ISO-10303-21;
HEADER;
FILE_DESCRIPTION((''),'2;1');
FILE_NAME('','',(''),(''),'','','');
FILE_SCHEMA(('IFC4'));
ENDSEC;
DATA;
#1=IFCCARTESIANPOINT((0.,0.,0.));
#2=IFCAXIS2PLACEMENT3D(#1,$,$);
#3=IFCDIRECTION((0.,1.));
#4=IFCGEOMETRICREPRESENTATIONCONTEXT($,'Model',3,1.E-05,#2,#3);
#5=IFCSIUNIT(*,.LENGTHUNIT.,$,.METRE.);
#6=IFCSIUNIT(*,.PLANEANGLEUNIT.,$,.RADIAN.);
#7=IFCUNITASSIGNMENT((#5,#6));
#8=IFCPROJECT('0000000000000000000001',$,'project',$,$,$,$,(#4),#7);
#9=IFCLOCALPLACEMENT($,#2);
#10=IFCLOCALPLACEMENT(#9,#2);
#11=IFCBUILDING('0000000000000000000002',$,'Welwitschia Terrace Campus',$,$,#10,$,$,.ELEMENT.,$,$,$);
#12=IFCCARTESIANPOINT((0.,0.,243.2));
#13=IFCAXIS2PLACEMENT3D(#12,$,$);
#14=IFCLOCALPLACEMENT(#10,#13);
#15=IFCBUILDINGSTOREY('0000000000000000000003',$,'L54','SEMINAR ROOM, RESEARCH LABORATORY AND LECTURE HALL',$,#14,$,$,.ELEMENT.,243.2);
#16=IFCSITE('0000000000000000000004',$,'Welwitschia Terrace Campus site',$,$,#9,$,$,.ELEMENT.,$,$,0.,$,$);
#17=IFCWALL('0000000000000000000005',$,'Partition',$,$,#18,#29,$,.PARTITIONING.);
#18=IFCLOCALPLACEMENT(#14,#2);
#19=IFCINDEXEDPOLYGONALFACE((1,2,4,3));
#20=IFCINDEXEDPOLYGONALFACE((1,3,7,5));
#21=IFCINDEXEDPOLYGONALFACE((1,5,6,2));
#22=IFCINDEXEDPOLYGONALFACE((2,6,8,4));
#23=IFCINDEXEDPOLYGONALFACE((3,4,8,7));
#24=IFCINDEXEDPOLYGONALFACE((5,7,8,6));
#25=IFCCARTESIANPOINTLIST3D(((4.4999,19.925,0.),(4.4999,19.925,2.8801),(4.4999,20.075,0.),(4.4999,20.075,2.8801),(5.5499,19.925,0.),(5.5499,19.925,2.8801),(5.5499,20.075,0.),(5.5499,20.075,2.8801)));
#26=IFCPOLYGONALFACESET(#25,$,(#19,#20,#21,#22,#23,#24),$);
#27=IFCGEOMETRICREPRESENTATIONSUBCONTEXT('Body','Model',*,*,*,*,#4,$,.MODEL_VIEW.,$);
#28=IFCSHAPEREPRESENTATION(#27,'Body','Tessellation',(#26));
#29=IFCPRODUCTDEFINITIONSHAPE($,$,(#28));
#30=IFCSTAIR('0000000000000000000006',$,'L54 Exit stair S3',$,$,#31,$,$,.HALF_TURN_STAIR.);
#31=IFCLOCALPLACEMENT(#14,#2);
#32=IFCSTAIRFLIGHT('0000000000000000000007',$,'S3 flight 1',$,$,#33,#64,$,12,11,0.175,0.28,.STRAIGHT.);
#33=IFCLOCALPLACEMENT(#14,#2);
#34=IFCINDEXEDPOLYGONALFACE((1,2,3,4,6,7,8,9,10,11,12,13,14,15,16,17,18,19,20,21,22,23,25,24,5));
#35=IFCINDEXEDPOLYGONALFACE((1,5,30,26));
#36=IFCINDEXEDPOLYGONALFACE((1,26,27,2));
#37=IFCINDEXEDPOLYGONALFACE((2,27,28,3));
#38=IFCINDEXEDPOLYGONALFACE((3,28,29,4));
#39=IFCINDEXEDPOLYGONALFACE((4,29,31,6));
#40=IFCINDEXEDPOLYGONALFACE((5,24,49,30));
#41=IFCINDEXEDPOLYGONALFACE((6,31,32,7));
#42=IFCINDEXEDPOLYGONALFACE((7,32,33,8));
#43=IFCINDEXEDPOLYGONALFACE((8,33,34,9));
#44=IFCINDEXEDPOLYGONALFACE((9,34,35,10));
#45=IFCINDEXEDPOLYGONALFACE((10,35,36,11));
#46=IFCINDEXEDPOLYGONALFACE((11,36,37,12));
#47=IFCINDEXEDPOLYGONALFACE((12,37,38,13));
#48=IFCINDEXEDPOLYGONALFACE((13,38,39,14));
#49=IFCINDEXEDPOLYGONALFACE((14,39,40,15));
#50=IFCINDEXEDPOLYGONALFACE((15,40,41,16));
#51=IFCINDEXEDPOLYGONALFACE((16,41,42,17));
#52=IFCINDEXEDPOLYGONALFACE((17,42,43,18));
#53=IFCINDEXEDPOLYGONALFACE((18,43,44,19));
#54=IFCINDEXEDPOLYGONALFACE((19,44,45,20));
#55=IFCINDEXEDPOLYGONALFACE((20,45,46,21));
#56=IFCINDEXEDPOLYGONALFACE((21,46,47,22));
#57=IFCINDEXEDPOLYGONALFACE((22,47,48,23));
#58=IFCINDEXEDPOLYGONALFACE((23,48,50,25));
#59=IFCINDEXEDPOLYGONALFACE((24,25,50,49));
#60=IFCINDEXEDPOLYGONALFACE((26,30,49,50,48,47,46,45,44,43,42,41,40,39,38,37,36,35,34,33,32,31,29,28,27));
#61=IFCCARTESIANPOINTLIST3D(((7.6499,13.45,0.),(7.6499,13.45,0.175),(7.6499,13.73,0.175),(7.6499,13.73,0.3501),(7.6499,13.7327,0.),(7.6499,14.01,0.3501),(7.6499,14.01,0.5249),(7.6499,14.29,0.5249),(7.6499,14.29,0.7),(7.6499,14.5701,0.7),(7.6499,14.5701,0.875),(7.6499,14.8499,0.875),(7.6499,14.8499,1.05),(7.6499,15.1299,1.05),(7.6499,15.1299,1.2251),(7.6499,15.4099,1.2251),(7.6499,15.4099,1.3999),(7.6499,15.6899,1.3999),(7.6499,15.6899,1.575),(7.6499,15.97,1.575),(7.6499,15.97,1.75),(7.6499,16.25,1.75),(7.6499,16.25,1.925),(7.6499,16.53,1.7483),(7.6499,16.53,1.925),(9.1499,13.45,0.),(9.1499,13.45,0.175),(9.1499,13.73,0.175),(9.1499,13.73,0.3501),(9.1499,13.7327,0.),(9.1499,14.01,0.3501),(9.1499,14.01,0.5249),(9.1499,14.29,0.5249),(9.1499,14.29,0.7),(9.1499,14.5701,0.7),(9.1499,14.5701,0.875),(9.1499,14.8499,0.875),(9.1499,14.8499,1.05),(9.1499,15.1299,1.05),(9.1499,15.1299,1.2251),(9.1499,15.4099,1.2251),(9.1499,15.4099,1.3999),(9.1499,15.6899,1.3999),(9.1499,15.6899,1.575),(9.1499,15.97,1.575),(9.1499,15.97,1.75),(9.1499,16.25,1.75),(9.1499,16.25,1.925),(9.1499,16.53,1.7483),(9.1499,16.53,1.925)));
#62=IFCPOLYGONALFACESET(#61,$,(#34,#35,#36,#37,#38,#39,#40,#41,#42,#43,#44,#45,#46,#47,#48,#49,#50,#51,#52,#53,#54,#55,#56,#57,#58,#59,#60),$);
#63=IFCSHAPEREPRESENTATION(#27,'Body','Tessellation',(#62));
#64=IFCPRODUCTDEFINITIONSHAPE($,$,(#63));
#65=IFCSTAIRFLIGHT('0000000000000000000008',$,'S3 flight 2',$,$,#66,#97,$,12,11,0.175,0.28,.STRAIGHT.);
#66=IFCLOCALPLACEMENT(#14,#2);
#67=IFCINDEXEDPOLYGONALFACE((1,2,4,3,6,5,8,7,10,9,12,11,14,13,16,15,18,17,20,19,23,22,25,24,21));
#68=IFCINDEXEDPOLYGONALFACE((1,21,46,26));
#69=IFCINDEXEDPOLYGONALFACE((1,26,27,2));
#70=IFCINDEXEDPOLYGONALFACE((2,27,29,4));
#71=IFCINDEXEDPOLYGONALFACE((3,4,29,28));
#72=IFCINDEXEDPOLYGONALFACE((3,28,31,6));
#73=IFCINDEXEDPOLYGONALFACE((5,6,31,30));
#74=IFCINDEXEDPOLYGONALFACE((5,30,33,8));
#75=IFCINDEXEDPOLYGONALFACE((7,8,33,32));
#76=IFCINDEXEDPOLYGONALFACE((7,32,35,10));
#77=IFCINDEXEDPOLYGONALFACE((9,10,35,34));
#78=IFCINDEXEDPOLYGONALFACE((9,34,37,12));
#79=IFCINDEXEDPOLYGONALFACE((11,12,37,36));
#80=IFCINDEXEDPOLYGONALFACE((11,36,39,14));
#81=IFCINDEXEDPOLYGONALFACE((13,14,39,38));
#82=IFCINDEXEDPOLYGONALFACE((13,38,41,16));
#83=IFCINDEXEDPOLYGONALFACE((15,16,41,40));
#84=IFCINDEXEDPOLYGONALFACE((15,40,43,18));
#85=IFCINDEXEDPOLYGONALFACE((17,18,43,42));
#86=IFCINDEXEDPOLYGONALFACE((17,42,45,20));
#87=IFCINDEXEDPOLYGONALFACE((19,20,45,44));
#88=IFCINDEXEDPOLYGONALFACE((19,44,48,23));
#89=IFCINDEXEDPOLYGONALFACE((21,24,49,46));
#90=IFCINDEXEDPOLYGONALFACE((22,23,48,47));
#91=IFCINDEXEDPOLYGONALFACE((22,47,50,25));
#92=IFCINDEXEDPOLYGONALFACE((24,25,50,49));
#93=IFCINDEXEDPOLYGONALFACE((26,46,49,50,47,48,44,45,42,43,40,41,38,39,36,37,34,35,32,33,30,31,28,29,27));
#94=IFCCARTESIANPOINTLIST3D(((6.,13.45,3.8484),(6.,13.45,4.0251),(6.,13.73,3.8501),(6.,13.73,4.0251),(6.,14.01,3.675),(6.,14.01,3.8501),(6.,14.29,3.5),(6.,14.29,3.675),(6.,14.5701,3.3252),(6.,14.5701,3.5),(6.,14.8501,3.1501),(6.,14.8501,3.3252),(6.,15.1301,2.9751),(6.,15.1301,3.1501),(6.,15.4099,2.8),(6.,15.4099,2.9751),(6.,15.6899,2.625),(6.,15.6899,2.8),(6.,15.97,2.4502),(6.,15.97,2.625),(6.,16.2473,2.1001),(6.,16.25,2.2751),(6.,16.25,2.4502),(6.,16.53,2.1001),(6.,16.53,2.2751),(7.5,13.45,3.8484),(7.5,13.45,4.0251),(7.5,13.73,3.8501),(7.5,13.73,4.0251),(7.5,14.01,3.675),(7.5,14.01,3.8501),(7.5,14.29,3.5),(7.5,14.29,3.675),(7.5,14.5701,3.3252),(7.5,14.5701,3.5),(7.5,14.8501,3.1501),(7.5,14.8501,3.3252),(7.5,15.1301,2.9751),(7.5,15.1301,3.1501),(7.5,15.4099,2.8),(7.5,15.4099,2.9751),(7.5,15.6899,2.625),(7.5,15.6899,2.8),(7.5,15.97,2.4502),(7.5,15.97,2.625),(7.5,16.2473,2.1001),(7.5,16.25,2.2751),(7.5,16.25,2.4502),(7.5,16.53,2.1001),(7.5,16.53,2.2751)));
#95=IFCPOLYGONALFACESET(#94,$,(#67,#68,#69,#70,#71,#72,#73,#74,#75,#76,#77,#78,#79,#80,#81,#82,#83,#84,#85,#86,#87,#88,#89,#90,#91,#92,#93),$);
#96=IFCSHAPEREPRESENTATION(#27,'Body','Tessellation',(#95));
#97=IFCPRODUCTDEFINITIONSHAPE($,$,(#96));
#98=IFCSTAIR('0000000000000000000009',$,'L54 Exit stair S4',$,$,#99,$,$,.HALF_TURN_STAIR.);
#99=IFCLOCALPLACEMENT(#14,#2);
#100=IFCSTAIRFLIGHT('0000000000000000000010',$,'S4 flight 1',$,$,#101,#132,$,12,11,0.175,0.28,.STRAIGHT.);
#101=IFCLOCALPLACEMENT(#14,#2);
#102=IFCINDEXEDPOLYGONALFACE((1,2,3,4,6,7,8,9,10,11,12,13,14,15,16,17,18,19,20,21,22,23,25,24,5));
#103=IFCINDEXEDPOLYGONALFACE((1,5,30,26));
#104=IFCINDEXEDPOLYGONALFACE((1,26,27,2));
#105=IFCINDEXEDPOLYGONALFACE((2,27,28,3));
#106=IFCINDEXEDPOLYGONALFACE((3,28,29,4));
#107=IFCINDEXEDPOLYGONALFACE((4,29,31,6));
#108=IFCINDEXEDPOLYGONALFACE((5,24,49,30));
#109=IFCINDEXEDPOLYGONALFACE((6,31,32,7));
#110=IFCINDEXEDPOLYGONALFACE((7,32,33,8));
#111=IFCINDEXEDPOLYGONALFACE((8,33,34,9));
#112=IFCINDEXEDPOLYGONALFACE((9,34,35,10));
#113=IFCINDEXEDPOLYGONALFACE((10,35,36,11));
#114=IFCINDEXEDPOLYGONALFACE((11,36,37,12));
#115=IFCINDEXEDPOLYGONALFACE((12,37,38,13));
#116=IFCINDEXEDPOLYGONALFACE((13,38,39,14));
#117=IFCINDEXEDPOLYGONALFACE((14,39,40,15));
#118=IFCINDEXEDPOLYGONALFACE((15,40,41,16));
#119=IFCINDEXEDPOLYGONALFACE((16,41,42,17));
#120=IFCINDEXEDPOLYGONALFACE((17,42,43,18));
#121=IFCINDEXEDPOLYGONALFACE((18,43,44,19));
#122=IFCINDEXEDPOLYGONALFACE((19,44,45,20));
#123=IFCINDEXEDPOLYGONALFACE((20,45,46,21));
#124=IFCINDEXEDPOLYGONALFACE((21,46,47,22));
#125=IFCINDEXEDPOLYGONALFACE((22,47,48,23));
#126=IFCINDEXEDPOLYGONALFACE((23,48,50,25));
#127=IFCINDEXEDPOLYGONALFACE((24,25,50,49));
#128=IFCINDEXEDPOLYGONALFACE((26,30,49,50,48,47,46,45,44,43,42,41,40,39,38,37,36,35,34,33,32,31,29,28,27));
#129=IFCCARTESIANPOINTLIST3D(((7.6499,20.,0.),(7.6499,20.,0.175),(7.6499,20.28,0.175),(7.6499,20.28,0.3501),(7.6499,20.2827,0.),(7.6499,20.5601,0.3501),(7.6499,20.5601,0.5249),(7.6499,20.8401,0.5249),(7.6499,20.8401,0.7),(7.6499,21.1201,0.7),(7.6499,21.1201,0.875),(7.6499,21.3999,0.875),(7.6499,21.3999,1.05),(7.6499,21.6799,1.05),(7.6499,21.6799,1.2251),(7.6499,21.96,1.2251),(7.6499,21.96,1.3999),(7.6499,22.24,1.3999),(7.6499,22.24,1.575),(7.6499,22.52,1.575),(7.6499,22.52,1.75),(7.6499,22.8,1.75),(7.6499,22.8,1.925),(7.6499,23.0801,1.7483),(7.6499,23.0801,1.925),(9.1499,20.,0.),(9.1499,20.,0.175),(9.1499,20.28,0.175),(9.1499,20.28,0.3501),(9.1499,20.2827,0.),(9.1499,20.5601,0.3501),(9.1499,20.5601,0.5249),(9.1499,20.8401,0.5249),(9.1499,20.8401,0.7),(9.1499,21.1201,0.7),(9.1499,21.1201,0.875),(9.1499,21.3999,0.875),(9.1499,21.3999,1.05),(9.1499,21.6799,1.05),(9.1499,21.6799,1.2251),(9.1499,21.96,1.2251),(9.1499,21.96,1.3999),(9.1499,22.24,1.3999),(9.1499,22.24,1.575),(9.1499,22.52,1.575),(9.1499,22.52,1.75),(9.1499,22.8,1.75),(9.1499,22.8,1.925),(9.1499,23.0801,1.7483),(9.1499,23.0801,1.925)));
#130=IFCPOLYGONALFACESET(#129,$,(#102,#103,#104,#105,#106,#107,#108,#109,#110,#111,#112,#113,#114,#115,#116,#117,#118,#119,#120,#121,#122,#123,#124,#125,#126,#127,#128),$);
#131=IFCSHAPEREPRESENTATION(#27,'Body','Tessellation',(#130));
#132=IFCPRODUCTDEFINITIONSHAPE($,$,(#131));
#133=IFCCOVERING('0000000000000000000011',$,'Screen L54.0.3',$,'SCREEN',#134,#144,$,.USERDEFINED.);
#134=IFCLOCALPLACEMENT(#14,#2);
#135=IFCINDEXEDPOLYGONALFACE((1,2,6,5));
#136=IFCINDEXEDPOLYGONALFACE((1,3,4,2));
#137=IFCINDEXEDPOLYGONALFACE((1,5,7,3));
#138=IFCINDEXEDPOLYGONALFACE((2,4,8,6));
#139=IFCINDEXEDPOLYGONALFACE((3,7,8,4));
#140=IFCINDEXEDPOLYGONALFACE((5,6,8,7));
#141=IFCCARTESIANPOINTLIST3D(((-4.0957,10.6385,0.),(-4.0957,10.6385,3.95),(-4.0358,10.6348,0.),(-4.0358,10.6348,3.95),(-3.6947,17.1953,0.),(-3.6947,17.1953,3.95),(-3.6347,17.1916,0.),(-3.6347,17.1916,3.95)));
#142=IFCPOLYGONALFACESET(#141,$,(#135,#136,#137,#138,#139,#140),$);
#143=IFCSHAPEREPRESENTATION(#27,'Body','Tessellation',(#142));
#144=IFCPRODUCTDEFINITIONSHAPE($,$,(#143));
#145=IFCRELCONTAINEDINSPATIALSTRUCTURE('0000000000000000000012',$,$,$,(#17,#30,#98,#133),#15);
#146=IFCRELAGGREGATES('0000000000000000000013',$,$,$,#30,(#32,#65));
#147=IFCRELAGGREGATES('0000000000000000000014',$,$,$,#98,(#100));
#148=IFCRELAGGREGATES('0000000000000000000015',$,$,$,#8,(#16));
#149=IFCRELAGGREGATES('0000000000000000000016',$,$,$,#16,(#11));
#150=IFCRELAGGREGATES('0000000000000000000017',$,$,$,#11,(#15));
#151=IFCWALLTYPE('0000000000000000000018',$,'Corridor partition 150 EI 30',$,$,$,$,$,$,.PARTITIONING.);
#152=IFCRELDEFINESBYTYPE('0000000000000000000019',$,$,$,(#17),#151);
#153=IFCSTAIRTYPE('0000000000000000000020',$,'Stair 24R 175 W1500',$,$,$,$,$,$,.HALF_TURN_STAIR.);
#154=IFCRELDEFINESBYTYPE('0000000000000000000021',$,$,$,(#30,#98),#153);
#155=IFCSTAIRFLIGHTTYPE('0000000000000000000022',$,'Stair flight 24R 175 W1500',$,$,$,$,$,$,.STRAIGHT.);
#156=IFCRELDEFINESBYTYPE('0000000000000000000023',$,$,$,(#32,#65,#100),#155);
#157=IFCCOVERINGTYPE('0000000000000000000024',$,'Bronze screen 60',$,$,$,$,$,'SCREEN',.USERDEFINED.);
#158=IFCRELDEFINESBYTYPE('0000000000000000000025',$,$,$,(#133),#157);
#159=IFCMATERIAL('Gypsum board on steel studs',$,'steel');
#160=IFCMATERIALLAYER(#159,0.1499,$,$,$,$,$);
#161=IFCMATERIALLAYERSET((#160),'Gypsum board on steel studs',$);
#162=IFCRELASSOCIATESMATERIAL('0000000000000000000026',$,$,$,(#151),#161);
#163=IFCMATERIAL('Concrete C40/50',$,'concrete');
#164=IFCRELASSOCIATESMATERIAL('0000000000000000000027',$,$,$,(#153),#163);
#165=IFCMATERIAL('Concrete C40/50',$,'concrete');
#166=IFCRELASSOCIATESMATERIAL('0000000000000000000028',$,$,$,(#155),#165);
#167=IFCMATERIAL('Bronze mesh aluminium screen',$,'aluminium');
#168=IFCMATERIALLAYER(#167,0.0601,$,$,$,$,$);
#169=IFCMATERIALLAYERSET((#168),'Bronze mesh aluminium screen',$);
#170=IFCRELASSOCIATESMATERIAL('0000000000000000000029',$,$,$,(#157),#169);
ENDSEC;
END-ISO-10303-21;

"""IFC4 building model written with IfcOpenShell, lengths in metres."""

from ifc_helpers import new_model, si_unit, direction, frame, frame_2d, origin, origin_2d, place, context, subcontext, project, spatial, polyline, rectangle, outline, extrude, material, layer, layer_set, type_object, element, aggregate, save


model = new_model("IFC4")

# Units and contexts
model_context = context("Model", 3, precision=1e-05, world=origin(), true_north=direction((0.0, 1.0)))
body_context = subcontext(model_context, "Body", "Model", "MODEL_VIEW")
ifc_project = project(units=[si_unit("LENGTHUNIT", "METRE"), si_unit("PLANEANGLEUNIT", "RADIAN")], contexts=[model_context])

# Site, building, storey
site_placement = place(None, origin())
site = spatial("IfcSite", under=ifc_project, at=site_placement, Name="Welwitschia Terrace Campus site", CompositionType="ELEMENT", RefElevation=0.0)
building_placement = place(site_placement, origin())
building = spatial("IfcBuilding", under=site, at=building_placement, Name="Welwitschia Terrace Campus", CompositionType="ELEMENT")
storey_placement = place(building_placement, frame((0.0, 0.0, 243.2)))
storey = spatial("IfcBuildingStorey", under=building, at=storey_placement, Name="L54", Description="SEMINAR ROOM, RESEARCH LABORATORY AND LECTURE HALL", CompositionType="ELEMENT", Elevation=243.2)

# Wall
ifc_material_1 = material(Name="Gypsum board on steel studs", Category="steel")
ifc_layer_1 = layer(ifc_material_1, 0.1499)
ifc_layer_set_1 = layer_set([ifc_layer_1], Name="Gypsum board on steel studs")
wall_type_1 = type_object("IfcWallType", Name="Corridor partition 150 EI 30", PredefinedType="PARTITIONING", material=ifc_layer_set_1)
wall_1_placement = place(storey_placement, frame((4.5, 20.0, 0.0), z_axis=(0.0, 0.0, 1.0), x_axis=(1.0, 0.0, 0.0)))
element("IfcWall", 1, at=wall_1_placement, inside=storey, type_object=wall_type_1, Name="Partition", PredefinedType="PARTITIONING", context=body_context, shape_type="SweptSolid", body=[
    extrude(rectangle(XDim=1.05, YDim=0.1499, at=frame_2d((0.5249, 0.0))), origin(), (0.0, 0.0, 1.0), 2.8801),
])

# Stair, stair flights
ifc_material_2 = material(Name="Concrete C40/50", Category="concrete")
stair_type = type_object("IfcStairType", Name="Stair 24R 175 W1500", PredefinedType="HALF_TURN_STAIR", material=ifc_material_2)
stair_1_placement = place(storey_placement, origin())
stair_1 = element("IfcStair", 2, at=stair_1_placement, inside=storey, type_object=stair_type, Name="L54 Exit stair S3", PredefinedType="HALF_TURN_STAIR")
ifc_material_3 = material(Name="Concrete C40/50", Category="concrete")
stair_flight_type = type_object("IfcStairFlightType", Name="Stair flight 24R 175 W1500", PredefinedType="STRAIGHT", material=ifc_material_3)
stair_flight_1_placement = place(storey_placement, frame((8.3999, 13.45, 0.0), z_axis=(0.0, 0.0, 1.0), x_axis=(0.0, 1.0, 0.0)))
stair_flight_1 = element("IfcStairFlight", 3, at=stair_flight_1_placement, type_object=stair_flight_type, Name="S3 flight 1", NumberOfRisers=12, NumberOfTreads=11, PredefinedType="STRAIGHT", RiserHeight=0.175, TreadLength=0.28, context=body_context, shape_type="SweptSolid", body=[
    extrude(outline(polyline([(0.0, 0.0), (0.0, 0.175), (0.28, 0.175), (0.28, 0.3501), (0.5601, 0.3501), (0.5601, 0.5249), (0.8401, 0.5249), (0.8401, 0.7), (1.1201, 0.7), (1.1201, 0.875), (1.3999, 0.875), (1.3999, 1.05), (1.6799, 1.05), (1.6799, 1.2251), (1.96, 1.2251), (1.96, 1.3999), (2.24, 1.3999), (2.24, 1.575), (2.52, 1.575), (2.52, 1.75), (2.8, 1.75), (2.8, 1.925), (3.0801, 1.925), (3.0801, 2.1001), (3.0801, 1.7483), (0.2827, 0.0), (0.0, 0.0)])), frame((0.0, 0.75, 0.0), z_axis=(0.0, -1.0, 0.0), x_axis=(1.0, 0.0, 0.0)), (0.0, 0.0, 1.0), 1.5),
])
stair_flight_2_placement = place(storey_placement, frame((6.75, 16.53, 2.1001), z_axis=(0.0, 0.0, 1.0), x_axis=(0.0, -1.0, 0.0)))
stair_flight_2 = element("IfcStairFlight", 4, at=stair_flight_2_placement, type_object=stair_flight_type, Name="S3 flight 2", NumberOfRisers=12, NumberOfTreads=11, PredefinedType="STRAIGHT", RiserHeight=0.175, TreadLength=0.28, context=body_context, shape_type="SweptSolid", body=[
    extrude(outline(polyline([(0.0, 0.0), (0.0, 0.175), (0.28, 0.175), (0.28, 0.3501), (0.5601, 0.3501), (0.5601, 0.5249), (0.8401, 0.5249), (0.8401, 0.7), (1.1201, 0.7), (1.1201, 0.875), (1.3999, 0.875), (1.3999, 1.05), (1.6799, 1.05), (1.6799, 1.2251), (1.96, 1.2251), (1.96, 1.3999), (2.24, 1.3999), (2.24, 1.575), (2.52, 1.575), (2.52, 1.75), (2.8, 1.75), (2.8, 1.925), (3.0801, 1.925), (3.0801, 2.1001), (3.0801, 1.7483), (0.2827, 0.0), (0.0, 0.0)])), frame((0.0, 0.75, 0.0), z_axis=(0.0, -1.0, 0.0), x_axis=(1.0, 0.0, 0.0)), (0.0, 0.0, 1.0), 1.5),
])
aggregate(stair_1, [stair_flight_1, stair_flight_2])

# Stair, stair flight
stair_2_placement = place(storey_placement, origin())
stair_2 = element("IfcStair", 5, at=stair_2_placement, inside=storey, type_object=stair_type, Name="L54 Exit stair S4", PredefinedType="HALF_TURN_STAIR")
stair_flight_3_placement = place(storey_placement, frame((8.3999, 20.0, 0.0), z_axis=(0.0, 0.0, 1.0), x_axis=(0.0, 1.0, 0.0)))
stair_flight_3 = element("IfcStairFlight", 6, at=stair_flight_3_placement, type_object=stair_flight_type, Name="S4 flight 1", NumberOfRisers=12, NumberOfTreads=11, PredefinedType="STRAIGHT", RiserHeight=0.175, TreadLength=0.28, context=body_context, shape_type="SweptSolid", body=[
    extrude(outline(polyline([(0.0, 0.0), (0.0, 0.175), (0.28, 0.175), (0.28, 0.3501), (0.5601, 0.3501), (0.5601, 0.5249), (0.8401, 0.5249), (0.8401, 0.7), (1.1201, 0.7), (1.1201, 0.875), (1.3999, 0.875), (1.3999, 1.05), (1.6799, 1.05), (1.6799, 1.2251), (1.96, 1.2251), (1.96, 1.3999), (2.24, 1.3999), (2.24, 1.575), (2.52, 1.575), (2.52, 1.75), (2.8, 1.75), (2.8, 1.925), (3.0801, 1.925), (3.0801, 2.1001), (3.0801, 1.7483), (0.2827, 0.0), (0.0, 0.0)])), frame((0.0, 0.75, 0.0), z_axis=(0.0, -1.0, 0.0), x_axis=(1.0, 0.0, 0.0)), (0.0, 0.0, 1.0), 1.5),
])
aggregate(stair_2, [stair_flight_3])

# Covering
ifc_material_4 = material(Name="Bronze mesh aluminium screen", Category="aluminium")
ifc_layer_2 = layer(ifc_material_4, 0.0601)
ifc_layer_set_2 = layer_set([ifc_layer_2], Name="Bronze mesh aluminium screen")
covering_type = type_object("IfcCoveringType", Name="Bronze screen 60", ElementType="SCREEN", PredefinedType="USERDEFINED", material=ifc_layer_set_2)
covering_placement = place(storey_placement, frame((-3.8652, 13.915, 0.0), z_axis=(0.0, 0.0, 1.0), x_axis=(-0.061049, -0.998135, 0.0)))
element("IfcCovering", 7, at=covering_placement, inside=storey, type_object=covering_type, Name="Screen L54.0.3", ObjectType="SCREEN", PredefinedType="USERDEFINED", context=body_context, shape_type="SweptSolid", body=[
    extrude(rectangle(XDim=6.5691, YDim=0.0601, at=origin_2d()), origin(), (0.0, 0.0, 1.0), 3.95),
])

save(model, "model.ifc")
